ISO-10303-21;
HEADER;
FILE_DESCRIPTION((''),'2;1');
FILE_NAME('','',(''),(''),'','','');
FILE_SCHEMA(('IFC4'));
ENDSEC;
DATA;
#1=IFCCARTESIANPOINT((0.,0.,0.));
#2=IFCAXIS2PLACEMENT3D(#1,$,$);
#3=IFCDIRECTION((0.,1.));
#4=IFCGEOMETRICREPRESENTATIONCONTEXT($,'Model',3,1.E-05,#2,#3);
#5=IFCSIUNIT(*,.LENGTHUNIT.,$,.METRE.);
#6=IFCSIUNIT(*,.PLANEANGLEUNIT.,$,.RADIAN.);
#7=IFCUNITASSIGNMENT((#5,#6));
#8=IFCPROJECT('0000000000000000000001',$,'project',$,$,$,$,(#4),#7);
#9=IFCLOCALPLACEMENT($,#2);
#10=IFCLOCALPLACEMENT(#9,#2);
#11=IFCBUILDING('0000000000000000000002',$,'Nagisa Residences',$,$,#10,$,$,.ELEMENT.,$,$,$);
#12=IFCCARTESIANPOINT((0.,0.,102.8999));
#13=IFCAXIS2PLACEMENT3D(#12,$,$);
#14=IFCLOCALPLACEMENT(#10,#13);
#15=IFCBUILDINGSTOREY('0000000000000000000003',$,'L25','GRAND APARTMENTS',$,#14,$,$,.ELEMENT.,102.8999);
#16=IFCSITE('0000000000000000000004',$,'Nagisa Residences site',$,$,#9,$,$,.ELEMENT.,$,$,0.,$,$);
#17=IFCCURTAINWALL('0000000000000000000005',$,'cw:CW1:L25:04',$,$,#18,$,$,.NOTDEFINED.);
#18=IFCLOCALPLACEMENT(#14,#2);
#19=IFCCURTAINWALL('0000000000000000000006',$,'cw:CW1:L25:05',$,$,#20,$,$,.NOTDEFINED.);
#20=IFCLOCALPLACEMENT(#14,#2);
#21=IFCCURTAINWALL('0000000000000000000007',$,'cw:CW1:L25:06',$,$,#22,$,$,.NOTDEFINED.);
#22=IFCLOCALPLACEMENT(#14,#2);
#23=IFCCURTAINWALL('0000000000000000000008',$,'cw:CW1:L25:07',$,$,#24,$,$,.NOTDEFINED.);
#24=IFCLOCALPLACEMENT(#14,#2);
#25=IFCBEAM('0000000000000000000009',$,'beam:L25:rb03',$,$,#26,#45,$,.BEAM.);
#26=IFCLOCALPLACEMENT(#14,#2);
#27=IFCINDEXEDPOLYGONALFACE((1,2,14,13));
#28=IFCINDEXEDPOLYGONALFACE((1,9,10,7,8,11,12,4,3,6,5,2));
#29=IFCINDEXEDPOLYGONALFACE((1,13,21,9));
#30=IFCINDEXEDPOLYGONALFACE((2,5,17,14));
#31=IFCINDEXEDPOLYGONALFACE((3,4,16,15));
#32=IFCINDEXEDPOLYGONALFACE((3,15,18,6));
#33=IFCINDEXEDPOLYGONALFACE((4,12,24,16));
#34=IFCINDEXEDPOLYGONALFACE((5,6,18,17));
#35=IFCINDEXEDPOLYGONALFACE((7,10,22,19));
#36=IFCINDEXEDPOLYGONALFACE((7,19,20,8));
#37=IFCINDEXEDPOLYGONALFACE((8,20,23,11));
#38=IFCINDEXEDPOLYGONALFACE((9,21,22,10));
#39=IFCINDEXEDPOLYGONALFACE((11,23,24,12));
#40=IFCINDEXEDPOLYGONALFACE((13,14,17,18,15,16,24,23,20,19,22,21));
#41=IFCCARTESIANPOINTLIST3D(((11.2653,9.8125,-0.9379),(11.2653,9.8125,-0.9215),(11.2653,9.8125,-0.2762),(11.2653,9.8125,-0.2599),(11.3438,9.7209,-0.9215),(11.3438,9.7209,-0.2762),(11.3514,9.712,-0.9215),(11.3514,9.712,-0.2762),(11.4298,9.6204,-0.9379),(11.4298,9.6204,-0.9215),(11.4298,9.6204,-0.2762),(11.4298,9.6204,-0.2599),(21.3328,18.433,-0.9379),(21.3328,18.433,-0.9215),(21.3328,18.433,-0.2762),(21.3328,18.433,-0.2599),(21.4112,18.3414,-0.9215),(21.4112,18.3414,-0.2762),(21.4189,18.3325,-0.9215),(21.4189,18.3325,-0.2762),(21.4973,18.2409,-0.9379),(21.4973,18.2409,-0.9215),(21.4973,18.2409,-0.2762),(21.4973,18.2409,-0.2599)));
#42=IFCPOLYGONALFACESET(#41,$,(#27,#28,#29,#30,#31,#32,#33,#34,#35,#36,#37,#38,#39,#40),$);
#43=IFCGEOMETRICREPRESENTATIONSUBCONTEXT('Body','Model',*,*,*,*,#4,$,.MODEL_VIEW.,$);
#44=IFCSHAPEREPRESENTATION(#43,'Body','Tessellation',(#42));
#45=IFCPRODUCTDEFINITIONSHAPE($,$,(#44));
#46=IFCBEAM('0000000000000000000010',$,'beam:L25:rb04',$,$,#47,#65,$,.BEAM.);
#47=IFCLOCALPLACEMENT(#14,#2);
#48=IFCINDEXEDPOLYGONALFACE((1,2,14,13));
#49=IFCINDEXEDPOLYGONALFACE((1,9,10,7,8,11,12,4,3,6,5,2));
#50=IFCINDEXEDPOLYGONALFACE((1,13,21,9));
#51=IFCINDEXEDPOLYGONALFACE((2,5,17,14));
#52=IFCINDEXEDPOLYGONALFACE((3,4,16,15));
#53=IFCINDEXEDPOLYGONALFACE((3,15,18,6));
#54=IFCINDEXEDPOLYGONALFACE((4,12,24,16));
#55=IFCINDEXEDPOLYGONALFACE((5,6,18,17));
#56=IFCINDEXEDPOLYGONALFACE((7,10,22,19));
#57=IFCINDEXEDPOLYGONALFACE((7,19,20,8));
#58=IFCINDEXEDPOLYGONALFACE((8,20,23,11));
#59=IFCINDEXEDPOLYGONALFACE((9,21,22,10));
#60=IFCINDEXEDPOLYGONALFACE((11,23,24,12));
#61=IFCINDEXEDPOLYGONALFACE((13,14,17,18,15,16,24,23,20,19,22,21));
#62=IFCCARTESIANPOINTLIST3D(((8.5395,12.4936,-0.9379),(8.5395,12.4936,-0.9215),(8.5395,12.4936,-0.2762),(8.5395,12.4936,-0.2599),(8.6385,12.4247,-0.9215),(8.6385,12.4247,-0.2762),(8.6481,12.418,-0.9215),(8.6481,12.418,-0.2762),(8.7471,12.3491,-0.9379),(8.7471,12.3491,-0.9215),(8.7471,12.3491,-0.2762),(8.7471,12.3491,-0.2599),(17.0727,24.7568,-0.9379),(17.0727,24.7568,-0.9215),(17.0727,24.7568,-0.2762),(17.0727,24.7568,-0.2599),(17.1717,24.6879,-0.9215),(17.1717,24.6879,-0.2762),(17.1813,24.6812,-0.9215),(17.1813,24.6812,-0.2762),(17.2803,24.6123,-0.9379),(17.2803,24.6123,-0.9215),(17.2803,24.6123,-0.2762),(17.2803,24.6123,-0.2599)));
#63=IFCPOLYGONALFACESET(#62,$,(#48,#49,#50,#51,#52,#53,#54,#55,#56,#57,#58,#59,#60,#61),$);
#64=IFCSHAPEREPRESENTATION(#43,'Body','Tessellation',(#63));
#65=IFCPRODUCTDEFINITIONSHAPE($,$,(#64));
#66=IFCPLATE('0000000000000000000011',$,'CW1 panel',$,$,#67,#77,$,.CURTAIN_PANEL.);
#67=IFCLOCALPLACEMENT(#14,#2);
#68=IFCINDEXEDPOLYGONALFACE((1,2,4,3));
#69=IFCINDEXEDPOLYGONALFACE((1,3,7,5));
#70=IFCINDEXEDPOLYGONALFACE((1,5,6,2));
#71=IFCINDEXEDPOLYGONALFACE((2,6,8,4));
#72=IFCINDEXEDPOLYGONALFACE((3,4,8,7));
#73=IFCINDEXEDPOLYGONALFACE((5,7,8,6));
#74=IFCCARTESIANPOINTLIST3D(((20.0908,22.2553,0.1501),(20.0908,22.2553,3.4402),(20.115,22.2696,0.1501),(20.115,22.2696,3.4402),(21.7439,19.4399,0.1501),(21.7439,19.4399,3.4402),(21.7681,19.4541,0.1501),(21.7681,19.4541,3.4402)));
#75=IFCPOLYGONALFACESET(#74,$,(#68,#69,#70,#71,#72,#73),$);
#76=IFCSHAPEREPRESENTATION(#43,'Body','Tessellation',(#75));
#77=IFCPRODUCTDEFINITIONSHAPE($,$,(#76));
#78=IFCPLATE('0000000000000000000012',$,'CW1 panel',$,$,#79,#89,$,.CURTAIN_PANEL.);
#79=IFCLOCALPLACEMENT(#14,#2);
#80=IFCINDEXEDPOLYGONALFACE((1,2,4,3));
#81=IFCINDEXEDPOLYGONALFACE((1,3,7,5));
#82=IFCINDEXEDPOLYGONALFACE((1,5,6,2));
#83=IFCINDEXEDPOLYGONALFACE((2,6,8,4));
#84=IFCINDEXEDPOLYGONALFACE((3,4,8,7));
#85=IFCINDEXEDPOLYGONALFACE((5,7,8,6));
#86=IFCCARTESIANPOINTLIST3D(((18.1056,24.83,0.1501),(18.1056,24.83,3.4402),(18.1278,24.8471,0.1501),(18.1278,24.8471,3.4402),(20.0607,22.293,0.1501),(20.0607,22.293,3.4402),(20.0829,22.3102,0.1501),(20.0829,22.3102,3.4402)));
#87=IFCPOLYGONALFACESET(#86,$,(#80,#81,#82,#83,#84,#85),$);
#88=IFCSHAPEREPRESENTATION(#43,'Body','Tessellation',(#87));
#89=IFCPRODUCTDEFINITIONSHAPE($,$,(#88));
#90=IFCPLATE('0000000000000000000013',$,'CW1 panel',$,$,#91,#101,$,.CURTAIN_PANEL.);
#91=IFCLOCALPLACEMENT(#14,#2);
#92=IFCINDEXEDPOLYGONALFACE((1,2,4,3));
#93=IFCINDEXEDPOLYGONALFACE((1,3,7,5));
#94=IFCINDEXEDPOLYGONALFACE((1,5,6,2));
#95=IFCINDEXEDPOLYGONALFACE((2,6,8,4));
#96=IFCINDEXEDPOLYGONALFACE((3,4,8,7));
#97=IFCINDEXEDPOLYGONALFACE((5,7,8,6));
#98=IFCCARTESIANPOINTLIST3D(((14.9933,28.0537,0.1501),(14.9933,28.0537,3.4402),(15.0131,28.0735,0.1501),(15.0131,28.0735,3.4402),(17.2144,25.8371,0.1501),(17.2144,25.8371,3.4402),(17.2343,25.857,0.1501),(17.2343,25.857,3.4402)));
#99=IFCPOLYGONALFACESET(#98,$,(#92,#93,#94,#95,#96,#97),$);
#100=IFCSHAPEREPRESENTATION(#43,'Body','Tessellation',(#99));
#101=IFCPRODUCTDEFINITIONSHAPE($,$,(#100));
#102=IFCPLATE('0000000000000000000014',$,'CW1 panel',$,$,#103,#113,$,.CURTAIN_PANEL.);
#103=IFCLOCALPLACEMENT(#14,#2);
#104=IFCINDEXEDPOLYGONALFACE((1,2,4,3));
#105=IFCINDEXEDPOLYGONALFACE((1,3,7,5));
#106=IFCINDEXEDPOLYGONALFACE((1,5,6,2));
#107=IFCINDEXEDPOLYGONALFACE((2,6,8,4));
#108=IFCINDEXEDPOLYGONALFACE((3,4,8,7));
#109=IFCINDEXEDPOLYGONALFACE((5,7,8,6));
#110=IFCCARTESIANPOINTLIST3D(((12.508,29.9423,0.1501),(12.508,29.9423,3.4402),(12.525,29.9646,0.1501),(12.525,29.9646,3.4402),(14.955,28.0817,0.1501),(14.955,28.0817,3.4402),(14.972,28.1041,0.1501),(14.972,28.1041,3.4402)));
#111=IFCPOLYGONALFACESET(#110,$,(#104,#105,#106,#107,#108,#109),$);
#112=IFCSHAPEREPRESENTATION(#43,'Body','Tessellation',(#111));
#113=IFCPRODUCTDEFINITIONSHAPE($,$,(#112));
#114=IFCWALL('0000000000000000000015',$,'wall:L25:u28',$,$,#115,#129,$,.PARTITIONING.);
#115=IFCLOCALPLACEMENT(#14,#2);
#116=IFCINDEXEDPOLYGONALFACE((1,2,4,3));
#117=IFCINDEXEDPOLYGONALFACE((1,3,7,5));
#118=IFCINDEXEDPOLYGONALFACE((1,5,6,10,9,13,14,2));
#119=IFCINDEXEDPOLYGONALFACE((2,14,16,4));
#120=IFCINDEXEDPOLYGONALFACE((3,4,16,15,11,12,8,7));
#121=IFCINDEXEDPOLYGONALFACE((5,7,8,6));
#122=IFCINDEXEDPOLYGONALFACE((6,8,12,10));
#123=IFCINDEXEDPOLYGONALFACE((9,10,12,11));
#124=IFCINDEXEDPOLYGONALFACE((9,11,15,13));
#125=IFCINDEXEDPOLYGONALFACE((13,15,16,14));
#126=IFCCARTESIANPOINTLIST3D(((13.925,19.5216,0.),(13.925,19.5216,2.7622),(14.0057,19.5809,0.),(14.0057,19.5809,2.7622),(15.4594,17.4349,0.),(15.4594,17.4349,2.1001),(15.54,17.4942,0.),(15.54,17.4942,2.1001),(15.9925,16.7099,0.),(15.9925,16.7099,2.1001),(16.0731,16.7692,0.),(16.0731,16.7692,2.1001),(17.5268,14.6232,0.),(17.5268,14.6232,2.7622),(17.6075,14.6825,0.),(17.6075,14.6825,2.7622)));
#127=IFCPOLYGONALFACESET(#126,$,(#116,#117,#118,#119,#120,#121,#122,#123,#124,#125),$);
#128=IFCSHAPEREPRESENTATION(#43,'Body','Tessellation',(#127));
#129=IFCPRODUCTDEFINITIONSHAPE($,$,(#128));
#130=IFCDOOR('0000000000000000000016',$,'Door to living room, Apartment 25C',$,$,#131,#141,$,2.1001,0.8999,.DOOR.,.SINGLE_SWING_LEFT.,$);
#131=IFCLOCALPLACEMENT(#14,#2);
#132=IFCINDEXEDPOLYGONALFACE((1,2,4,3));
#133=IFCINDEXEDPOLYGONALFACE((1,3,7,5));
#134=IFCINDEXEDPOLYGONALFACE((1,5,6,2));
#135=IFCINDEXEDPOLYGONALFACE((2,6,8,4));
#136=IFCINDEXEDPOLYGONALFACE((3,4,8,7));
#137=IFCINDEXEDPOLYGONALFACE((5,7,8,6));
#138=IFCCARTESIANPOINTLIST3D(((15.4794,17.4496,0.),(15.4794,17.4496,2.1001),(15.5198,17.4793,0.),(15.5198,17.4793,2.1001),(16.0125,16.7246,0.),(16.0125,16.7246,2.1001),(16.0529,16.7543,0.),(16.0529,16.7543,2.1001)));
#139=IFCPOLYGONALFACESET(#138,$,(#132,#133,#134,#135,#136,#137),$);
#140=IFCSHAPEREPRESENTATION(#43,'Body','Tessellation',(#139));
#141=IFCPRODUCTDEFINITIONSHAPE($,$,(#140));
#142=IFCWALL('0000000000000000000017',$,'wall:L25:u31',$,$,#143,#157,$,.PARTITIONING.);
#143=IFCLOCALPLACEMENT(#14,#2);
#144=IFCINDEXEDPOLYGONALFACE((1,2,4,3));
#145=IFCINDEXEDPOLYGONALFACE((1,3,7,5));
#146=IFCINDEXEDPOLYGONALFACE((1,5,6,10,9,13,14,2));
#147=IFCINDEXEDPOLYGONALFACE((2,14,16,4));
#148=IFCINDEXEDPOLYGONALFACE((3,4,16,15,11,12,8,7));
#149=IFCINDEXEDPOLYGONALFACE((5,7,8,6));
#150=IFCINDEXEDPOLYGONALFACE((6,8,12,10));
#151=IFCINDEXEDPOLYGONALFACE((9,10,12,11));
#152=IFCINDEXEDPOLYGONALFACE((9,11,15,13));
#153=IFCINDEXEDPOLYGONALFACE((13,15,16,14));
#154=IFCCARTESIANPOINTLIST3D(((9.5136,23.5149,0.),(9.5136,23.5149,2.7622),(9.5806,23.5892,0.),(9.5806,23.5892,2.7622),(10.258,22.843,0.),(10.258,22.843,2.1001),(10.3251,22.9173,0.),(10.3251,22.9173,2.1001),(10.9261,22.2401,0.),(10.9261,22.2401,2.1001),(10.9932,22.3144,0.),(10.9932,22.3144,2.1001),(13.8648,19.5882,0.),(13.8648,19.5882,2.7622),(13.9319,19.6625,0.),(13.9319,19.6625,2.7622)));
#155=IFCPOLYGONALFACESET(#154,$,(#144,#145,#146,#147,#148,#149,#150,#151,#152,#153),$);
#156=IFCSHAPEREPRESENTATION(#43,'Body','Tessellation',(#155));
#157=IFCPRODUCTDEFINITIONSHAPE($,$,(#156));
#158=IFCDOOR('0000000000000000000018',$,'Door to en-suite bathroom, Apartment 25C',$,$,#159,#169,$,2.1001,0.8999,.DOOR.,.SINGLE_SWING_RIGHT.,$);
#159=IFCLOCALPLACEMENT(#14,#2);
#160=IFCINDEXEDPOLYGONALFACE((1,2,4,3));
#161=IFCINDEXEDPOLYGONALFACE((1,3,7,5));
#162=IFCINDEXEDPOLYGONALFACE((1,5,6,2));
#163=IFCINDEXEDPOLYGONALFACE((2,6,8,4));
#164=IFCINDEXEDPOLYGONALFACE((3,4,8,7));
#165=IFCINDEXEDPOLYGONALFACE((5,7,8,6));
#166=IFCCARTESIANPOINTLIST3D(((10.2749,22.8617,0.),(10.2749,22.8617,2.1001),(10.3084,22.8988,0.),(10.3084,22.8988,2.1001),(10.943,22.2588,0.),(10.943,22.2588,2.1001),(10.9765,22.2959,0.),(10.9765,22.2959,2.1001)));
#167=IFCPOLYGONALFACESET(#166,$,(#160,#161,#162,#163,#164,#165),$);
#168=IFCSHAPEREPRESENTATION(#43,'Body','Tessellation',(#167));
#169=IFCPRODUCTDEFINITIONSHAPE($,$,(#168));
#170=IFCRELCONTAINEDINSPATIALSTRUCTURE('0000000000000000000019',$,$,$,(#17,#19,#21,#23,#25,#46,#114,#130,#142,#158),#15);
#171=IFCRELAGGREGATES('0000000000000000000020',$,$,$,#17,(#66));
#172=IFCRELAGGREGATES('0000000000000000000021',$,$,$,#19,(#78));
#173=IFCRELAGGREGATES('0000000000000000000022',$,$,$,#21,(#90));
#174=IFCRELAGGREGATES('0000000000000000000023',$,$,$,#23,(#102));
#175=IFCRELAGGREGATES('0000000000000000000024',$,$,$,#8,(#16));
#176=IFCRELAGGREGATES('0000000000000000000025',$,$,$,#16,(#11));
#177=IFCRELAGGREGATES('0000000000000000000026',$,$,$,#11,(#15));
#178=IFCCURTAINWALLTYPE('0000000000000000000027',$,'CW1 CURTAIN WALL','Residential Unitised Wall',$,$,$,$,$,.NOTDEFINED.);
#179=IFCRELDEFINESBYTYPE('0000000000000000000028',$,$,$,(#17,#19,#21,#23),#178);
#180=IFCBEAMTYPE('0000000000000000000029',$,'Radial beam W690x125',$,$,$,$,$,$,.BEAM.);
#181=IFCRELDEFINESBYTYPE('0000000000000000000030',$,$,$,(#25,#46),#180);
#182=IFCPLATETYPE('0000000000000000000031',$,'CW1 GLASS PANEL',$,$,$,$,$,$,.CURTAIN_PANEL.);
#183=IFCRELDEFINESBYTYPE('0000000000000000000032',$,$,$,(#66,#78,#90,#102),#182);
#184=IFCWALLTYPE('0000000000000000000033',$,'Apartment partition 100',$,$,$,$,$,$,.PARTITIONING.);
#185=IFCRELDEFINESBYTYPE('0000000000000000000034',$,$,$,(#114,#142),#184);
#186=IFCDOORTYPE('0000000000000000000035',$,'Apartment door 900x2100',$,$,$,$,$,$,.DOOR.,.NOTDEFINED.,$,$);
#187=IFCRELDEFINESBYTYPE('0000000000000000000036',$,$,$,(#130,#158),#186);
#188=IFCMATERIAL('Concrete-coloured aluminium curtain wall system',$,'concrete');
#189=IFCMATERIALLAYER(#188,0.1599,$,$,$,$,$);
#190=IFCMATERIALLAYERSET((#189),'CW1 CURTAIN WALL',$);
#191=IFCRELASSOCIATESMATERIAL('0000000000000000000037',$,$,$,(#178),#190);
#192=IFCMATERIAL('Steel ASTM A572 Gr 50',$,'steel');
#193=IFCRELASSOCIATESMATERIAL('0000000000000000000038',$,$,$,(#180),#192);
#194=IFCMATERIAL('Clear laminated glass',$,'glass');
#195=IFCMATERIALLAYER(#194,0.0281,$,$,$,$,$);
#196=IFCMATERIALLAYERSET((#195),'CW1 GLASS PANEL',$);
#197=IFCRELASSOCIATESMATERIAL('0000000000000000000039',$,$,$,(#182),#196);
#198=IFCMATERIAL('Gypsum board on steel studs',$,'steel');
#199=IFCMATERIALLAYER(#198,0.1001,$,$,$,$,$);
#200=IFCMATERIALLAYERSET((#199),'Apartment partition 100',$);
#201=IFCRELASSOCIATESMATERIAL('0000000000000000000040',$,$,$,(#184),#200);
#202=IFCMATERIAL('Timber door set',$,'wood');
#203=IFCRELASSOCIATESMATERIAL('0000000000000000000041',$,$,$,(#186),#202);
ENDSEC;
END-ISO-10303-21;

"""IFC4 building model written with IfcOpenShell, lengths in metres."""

from ifc_helpers import new_model, si_unit, direction, frame, frame_2d, origin, origin_2d, place, context, subcontext, project, spatial, rectangle, i_section, extrude, material, layer, layer_set, material_profile, profile_set, type_object, element, fill, aggregate, save


model = new_model("IFC4")

# Units and contexts
model_context = context("Model", 3, precision=1e-05, world=origin(), true_north=direction((0.0, 1.0)))
body_context = subcontext(model_context, "Body", "Model", "MODEL_VIEW")
ifc_project = project(units=[si_unit("LENGTHUNIT", "METRE"), si_unit("PLANEANGLEUNIT", "RADIAN")], contexts=[model_context])

# Site, building, storey
site_placement = place(None, origin())
site = spatial("IfcSite", under=ifc_project, at=site_placement, Name="Nagisa Residences site", CompositionType="ELEMENT", RefElevation=0.0)
building_placement = place(site_placement, origin())
building = spatial("IfcBuilding", under=site, at=building_placement, Name="Nagisa Residences", CompositionType="ELEMENT")
storey_placement = place(building_placement, frame((0.0, 0.0, 102.8999)))
storey = spatial("IfcBuildingStorey", under=building, at=storey_placement, Name="L25", Description="GRAND APARTMENTS", CompositionType="ELEMENT", Elevation=102.8999)

# Curtain walls
ifc_material_1 = material(Name="Concrete-coloured aluminium curtain wall system", Category="concrete")
ifc_layer_1 = layer(ifc_material_1, 0.1599)
ifc_layer_set_1 = layer_set([ifc_layer_1], Name="CW1 CURTAIN WALL")
curtain_wall_type = type_object("IfcCurtainWallType", Name="CW1 CURTAIN WALL", Description="Residential Unitised Wall", PredefinedType="NOTDEFINED", material=ifc_layer_set_1)
curtain_wall_1_placement = place(storey_placement, origin())
curtain_wall_1 = element("IfcCurtainWall", 1, at=curtain_wall_1_placement, inside=storey, type_object=curtain_wall_type, Name="cw:CW1:L25:04", PredefinedType="NOTDEFINED")
curtain_wall_2_placement = place(storey_placement, origin())
curtain_wall_2 = element("IfcCurtainWall", 2, at=curtain_wall_2_placement, inside=storey, type_object=curtain_wall_type, Name="cw:CW1:L25:05", PredefinedType="NOTDEFINED")
curtain_wall_3_placement = place(storey_placement, origin())
curtain_wall_3 = element("IfcCurtainWall", 3, at=curtain_wall_3_placement, inside=storey, type_object=curtain_wall_type, Name="cw:CW1:L25:06", PredefinedType="NOTDEFINED")
curtain_wall_4_placement = place(storey_placement, origin())
curtain_wall_4 = element("IfcCurtainWall", 4, at=curtain_wall_4_placement, inside=storey, type_object=curtain_wall_type, Name="cw:CW1:L25:07", PredefinedType="NOTDEFINED")

# Beams
ifc_material_2 = material(Name="Steel ASTM A572 Gr 50", Category="steel")
ifc_material_profile_1 = material_profile(ifc_material_2, i_section(OverallWidth=0.2529, OverallDepth=0.678, WebThickness=0.0117, FlangeThickness=0.0164, at=origin_2d()), Name="W690x125")
ifc_profile_set_1 = profile_set([ifc_material_profile_1], Name="Steel ASTM A572 Gr 50")
beam_type_1 = type_object("IfcBeamType", Name="Radial beam W690x125", PredefinedType="BEAM", material=ifc_profile_set_1)
beam_1_placement = place(storey_placement, frame((21.415, 18.3369, -0.5989), z_axis=(-0.759585, -0.650407, 0.0), x_axis=(0.650407, -0.759585, 0.0)))
element("IfcBeam", 5, at=beam_1_placement, inside=storey, type_object=beam_type_1, Name="beam:L25:rb03", PredefinedType="BEAM", context=body_context, shape_type="SweptSolid", body=[
    extrude(i_section(OverallWidth=0.2529, OverallDepth=0.678, WebThickness=0.0117, FlangeThickness=0.0164, at=origin_2d()), origin(), (0.0, 0.0, 1.0), 13.2539),
])
beam_2_placement = place(storey_placement, frame((17.1765, 24.6846, -0.5989), z_axis=(-0.571168, -0.820833, 0.0), x_axis=(0.820833, -0.571168, 0.0)))
element("IfcBeam", 6, at=beam_2_placement, inside=storey, type_object=beam_type_1, Name="beam:L25:rb04", PredefinedType="BEAM", context=body_context, shape_type="SweptSolid", body=[
    extrude(i_section(OverallWidth=0.2529, OverallDepth=0.678, WebThickness=0.0117, FlangeThickness=0.0164, at=origin_2d()), origin(), (0.0, 0.0, 1.0), 14.9399),
])

# Plates
ifc_material_3 = material(Name="Clear laminated glass", Category="glass")
ifc_layer_2 = layer(ifc_material_3, 0.0281)
ifc_layer_set_2 = layer_set([ifc_layer_2], Name="CW1 GLASS PANEL")
plate_type = type_object("IfcPlateType", Name="CW1 GLASS PANEL", PredefinedType="CURTAIN_PANEL", material=ifc_layer_set_2)
plate_1_placement = place(storey_placement, frame((20.9294, 20.8547, 0.1501), z_axis=(0.0, 0.0, 1.0), x_axis=(-0.506349, 0.862329, 0.0)))
plate_1 = element("IfcPlate", 7, at=plate_1_placement, type_object=plate_type, Name="CW1 panel", PredefinedType="CURTAIN_PANEL", context=body_context, shape_type="SweptSolid", body=[
    extrude(rectangle(XDim=3.2649, YDim=0.0281, at=origin_2d()), origin(), (0.0, 0.0, 1.0), 3.29),
])
aggregate(curtain_wall_1, [plate_1])
plate_2_placement = place(storey_placement, frame((19.0942, 23.5701, 0.1501), z_axis=(0.0, 0.0, 1.0), x_axis=(-0.61043, 0.79207, 0.0)))
plate_2 = element("IfcPlate", 8, at=plate_2_placement, type_object=plate_type, Name="CW1 panel", PredefinedType="CURTAIN_PANEL", context=body_context, shape_type="SweptSolid", body=[
    extrude(rectangle(XDim=3.2029, YDim=0.0281, at=origin_2d()), origin(), (0.0, 0.0, 1.0), 3.29),
])
aggregate(curtain_wall_2, [plate_2])
plate_3_placement = place(storey_placement, frame((16.1138, 26.9553, 0.1501), z_axis=(0.0, 0.0, 1.0), x_axis=(-0.707836, 0.706377, 0.0)))
plate_3 = element("IfcPlate", 9, at=plate_3_placement, type_object=plate_type, Name="CW1 panel", PredefinedType="CURTAIN_PANEL", context=body_context, shape_type="SweptSolid", body=[
    extrude(rectangle(XDim=3.1379, YDim=0.0281, at=origin_2d()), origin(), (0.0, 0.0, 1.0), 3.29),
])
aggregate(curtain_wall_3, [plate_3])
plate_4_placement = place(storey_placement, frame((13.74, 29.0232, 0.1501), z_axis=(0.0, 0.0, 1.0), x_axis=(-0.796031, 0.605255, 0.0)))
plate_4 = element("IfcPlate", 10, at=plate_4_placement, type_object=plate_type, Name="CW1 panel", PredefinedType="CURTAIN_PANEL", context=body_context, shape_type="SweptSolid", body=[
    extrude(rectangle(XDim=3.074, YDim=0.0281, at=origin_2d()), origin(), (0.0, 0.0, 1.0), 3.29),
])
aggregate(curtain_wall_4, [plate_4])

# Walls, openings, doors
ifc_material_4 = material(Name="Gypsum board on steel studs", Category="steel")
ifc_layer_3 = layer(ifc_material_4, 0.1001)
ifc_layer_set_3 = layer_set([ifc_layer_3], Name="Apartment partition 100")
wall_type_1 = type_object("IfcWallType", Name="Apartment partition 100", PredefinedType="PARTITIONING", material=ifc_layer_set_3)
wall_1_placement = place(storey_placement, frame((17.5671, 14.6528, 0.0), z_axis=(0.0, 0.0, 1.0), x_axis=(-0.592392, 0.80565, 0.0)))
wall_1 = element("IfcWall", 11, at=wall_1_placement, inside=storey, type_object=wall_type_1, Name="wall:L25:u28", PredefinedType="PARTITIONING", context=body_context, shape_type="SweptSolid", body=[
    extrude(rectangle(XDim=6.0801, YDim=0.1001, at=frame_2d((3.04, 0.0))), origin(), (0.0, 0.0, 1.0), 2.7622),
])
opening_1_placement = place(wall_1_placement, frame((2.5901, 0.0, 0.0)))
opening_1 = element("IfcOpeningElement", 12, at=opening_1_placement, cuts=wall_1, PredefinedType="OPENING", context=body_context, shape_type="SweptSolid", body=[
    extrude(rectangle(XDim=0.8999, YDim=2.1001, at=frame_2d((0.45, 1.05))), frame((0.0, 0.0601, 0.0), z_axis=(0.0, -1.0, 0.0), x_axis=(1.0, 0.0, 0.0)), (0.0, 0.0, 1.0), 0.1201),
])
ifc_material_5 = material(Name="Timber door set", Category="wood")
door_type_1 = type_object("IfcDoorType", Name="Apartment door 900x2100", OperationType="NOTDEFINED", PredefinedType="DOOR", material=ifc_material_5)
door_1_placement = place(opening_1_placement, frame((0.8999, 0.0, 0.0), x_axis=(-1.0, 0.0, 0.0)))
door_1 = element("IfcDoor", 13, at=door_1_placement, inside=storey, type_object=door_type_1, Name="Door to living room, Apartment 25C", OperationType="SINGLE_SWING_LEFT", OverallHeight=2.1001, OverallWidth=0.8999, PredefinedType="DOOR", context=body_context, shape_type="SweptSolid", body=[
    extrude(rectangle(XDim=0.8999, YDim=2.1001, at=frame_2d((0.45, 1.05))), frame((0.0, 0.0249, 0.0), z_axis=(0.0, -1.0, 0.0), x_axis=(1.0, 0.0, 0.0)), (0.0, 0.0, 1.0), 0.05),
])
fill(opening_1, door_1)
wall_2_placement = place(storey_placement, frame((13.8984, 19.6252, 0.0), z_axis=(0.0, 0.0, 1.0), x_axis=(-0.742397, 0.669961, 0.0)))
wall_2 = element("IfcWall", 14, at=wall_2_placement, inside=storey, type_object=wall_type_1, Name="wall:L25:u31", PredefinedType="PARTITIONING", context=body_context, shape_type="SweptSolid", body=[
    extrude(rectangle(XDim=5.8611, YDim=0.1001, at=frame_2d((2.9307, 0.0))), origin(), (0.0, 0.0, 1.0), 2.7622),
])
opening_2_placement = place(wall_2_placement, frame((3.9585, 0.0, 0.0)))
opening_2 = element("IfcOpeningElement", 15, at=opening_2_placement, cuts=wall_2, PredefinedType="OPENING", context=body_context, shape_type="SweptSolid", body=[
    extrude(rectangle(XDim=0.8999, YDim=2.1001, at=frame_2d((0.45, 1.05))), frame((0.0, 0.0601, 0.0), z_axis=(0.0, -1.0, 0.0), x_axis=(1.0, 0.0, 0.0)), (0.0, 0.0, 1.0), 0.1201),
])
door_2_placement = place(opening_2_placement, origin())
door_2 = element("IfcDoor", 16, at=door_2_placement, inside=storey, type_object=door_type_1, Name="Door to en-suite bathroom, Apartment 25C", OperationType="SINGLE_SWING_RIGHT", OverallHeight=2.1001, OverallWidth=0.8999, PredefinedType="DOOR", context=body_context, shape_type="SweptSolid", body=[
    extrude(rectangle(XDim=0.8999, YDim=2.1001, at=frame_2d((0.45, 1.05))), frame((0.0, 0.0249, 0.0), z_axis=(0.0, -1.0, 0.0), x_axis=(1.0, 0.0, 0.0)), (0.0, 0.0, 1.0), 0.05),
])
fill(opening_2, door_2)

save(model, "model.ifc")
